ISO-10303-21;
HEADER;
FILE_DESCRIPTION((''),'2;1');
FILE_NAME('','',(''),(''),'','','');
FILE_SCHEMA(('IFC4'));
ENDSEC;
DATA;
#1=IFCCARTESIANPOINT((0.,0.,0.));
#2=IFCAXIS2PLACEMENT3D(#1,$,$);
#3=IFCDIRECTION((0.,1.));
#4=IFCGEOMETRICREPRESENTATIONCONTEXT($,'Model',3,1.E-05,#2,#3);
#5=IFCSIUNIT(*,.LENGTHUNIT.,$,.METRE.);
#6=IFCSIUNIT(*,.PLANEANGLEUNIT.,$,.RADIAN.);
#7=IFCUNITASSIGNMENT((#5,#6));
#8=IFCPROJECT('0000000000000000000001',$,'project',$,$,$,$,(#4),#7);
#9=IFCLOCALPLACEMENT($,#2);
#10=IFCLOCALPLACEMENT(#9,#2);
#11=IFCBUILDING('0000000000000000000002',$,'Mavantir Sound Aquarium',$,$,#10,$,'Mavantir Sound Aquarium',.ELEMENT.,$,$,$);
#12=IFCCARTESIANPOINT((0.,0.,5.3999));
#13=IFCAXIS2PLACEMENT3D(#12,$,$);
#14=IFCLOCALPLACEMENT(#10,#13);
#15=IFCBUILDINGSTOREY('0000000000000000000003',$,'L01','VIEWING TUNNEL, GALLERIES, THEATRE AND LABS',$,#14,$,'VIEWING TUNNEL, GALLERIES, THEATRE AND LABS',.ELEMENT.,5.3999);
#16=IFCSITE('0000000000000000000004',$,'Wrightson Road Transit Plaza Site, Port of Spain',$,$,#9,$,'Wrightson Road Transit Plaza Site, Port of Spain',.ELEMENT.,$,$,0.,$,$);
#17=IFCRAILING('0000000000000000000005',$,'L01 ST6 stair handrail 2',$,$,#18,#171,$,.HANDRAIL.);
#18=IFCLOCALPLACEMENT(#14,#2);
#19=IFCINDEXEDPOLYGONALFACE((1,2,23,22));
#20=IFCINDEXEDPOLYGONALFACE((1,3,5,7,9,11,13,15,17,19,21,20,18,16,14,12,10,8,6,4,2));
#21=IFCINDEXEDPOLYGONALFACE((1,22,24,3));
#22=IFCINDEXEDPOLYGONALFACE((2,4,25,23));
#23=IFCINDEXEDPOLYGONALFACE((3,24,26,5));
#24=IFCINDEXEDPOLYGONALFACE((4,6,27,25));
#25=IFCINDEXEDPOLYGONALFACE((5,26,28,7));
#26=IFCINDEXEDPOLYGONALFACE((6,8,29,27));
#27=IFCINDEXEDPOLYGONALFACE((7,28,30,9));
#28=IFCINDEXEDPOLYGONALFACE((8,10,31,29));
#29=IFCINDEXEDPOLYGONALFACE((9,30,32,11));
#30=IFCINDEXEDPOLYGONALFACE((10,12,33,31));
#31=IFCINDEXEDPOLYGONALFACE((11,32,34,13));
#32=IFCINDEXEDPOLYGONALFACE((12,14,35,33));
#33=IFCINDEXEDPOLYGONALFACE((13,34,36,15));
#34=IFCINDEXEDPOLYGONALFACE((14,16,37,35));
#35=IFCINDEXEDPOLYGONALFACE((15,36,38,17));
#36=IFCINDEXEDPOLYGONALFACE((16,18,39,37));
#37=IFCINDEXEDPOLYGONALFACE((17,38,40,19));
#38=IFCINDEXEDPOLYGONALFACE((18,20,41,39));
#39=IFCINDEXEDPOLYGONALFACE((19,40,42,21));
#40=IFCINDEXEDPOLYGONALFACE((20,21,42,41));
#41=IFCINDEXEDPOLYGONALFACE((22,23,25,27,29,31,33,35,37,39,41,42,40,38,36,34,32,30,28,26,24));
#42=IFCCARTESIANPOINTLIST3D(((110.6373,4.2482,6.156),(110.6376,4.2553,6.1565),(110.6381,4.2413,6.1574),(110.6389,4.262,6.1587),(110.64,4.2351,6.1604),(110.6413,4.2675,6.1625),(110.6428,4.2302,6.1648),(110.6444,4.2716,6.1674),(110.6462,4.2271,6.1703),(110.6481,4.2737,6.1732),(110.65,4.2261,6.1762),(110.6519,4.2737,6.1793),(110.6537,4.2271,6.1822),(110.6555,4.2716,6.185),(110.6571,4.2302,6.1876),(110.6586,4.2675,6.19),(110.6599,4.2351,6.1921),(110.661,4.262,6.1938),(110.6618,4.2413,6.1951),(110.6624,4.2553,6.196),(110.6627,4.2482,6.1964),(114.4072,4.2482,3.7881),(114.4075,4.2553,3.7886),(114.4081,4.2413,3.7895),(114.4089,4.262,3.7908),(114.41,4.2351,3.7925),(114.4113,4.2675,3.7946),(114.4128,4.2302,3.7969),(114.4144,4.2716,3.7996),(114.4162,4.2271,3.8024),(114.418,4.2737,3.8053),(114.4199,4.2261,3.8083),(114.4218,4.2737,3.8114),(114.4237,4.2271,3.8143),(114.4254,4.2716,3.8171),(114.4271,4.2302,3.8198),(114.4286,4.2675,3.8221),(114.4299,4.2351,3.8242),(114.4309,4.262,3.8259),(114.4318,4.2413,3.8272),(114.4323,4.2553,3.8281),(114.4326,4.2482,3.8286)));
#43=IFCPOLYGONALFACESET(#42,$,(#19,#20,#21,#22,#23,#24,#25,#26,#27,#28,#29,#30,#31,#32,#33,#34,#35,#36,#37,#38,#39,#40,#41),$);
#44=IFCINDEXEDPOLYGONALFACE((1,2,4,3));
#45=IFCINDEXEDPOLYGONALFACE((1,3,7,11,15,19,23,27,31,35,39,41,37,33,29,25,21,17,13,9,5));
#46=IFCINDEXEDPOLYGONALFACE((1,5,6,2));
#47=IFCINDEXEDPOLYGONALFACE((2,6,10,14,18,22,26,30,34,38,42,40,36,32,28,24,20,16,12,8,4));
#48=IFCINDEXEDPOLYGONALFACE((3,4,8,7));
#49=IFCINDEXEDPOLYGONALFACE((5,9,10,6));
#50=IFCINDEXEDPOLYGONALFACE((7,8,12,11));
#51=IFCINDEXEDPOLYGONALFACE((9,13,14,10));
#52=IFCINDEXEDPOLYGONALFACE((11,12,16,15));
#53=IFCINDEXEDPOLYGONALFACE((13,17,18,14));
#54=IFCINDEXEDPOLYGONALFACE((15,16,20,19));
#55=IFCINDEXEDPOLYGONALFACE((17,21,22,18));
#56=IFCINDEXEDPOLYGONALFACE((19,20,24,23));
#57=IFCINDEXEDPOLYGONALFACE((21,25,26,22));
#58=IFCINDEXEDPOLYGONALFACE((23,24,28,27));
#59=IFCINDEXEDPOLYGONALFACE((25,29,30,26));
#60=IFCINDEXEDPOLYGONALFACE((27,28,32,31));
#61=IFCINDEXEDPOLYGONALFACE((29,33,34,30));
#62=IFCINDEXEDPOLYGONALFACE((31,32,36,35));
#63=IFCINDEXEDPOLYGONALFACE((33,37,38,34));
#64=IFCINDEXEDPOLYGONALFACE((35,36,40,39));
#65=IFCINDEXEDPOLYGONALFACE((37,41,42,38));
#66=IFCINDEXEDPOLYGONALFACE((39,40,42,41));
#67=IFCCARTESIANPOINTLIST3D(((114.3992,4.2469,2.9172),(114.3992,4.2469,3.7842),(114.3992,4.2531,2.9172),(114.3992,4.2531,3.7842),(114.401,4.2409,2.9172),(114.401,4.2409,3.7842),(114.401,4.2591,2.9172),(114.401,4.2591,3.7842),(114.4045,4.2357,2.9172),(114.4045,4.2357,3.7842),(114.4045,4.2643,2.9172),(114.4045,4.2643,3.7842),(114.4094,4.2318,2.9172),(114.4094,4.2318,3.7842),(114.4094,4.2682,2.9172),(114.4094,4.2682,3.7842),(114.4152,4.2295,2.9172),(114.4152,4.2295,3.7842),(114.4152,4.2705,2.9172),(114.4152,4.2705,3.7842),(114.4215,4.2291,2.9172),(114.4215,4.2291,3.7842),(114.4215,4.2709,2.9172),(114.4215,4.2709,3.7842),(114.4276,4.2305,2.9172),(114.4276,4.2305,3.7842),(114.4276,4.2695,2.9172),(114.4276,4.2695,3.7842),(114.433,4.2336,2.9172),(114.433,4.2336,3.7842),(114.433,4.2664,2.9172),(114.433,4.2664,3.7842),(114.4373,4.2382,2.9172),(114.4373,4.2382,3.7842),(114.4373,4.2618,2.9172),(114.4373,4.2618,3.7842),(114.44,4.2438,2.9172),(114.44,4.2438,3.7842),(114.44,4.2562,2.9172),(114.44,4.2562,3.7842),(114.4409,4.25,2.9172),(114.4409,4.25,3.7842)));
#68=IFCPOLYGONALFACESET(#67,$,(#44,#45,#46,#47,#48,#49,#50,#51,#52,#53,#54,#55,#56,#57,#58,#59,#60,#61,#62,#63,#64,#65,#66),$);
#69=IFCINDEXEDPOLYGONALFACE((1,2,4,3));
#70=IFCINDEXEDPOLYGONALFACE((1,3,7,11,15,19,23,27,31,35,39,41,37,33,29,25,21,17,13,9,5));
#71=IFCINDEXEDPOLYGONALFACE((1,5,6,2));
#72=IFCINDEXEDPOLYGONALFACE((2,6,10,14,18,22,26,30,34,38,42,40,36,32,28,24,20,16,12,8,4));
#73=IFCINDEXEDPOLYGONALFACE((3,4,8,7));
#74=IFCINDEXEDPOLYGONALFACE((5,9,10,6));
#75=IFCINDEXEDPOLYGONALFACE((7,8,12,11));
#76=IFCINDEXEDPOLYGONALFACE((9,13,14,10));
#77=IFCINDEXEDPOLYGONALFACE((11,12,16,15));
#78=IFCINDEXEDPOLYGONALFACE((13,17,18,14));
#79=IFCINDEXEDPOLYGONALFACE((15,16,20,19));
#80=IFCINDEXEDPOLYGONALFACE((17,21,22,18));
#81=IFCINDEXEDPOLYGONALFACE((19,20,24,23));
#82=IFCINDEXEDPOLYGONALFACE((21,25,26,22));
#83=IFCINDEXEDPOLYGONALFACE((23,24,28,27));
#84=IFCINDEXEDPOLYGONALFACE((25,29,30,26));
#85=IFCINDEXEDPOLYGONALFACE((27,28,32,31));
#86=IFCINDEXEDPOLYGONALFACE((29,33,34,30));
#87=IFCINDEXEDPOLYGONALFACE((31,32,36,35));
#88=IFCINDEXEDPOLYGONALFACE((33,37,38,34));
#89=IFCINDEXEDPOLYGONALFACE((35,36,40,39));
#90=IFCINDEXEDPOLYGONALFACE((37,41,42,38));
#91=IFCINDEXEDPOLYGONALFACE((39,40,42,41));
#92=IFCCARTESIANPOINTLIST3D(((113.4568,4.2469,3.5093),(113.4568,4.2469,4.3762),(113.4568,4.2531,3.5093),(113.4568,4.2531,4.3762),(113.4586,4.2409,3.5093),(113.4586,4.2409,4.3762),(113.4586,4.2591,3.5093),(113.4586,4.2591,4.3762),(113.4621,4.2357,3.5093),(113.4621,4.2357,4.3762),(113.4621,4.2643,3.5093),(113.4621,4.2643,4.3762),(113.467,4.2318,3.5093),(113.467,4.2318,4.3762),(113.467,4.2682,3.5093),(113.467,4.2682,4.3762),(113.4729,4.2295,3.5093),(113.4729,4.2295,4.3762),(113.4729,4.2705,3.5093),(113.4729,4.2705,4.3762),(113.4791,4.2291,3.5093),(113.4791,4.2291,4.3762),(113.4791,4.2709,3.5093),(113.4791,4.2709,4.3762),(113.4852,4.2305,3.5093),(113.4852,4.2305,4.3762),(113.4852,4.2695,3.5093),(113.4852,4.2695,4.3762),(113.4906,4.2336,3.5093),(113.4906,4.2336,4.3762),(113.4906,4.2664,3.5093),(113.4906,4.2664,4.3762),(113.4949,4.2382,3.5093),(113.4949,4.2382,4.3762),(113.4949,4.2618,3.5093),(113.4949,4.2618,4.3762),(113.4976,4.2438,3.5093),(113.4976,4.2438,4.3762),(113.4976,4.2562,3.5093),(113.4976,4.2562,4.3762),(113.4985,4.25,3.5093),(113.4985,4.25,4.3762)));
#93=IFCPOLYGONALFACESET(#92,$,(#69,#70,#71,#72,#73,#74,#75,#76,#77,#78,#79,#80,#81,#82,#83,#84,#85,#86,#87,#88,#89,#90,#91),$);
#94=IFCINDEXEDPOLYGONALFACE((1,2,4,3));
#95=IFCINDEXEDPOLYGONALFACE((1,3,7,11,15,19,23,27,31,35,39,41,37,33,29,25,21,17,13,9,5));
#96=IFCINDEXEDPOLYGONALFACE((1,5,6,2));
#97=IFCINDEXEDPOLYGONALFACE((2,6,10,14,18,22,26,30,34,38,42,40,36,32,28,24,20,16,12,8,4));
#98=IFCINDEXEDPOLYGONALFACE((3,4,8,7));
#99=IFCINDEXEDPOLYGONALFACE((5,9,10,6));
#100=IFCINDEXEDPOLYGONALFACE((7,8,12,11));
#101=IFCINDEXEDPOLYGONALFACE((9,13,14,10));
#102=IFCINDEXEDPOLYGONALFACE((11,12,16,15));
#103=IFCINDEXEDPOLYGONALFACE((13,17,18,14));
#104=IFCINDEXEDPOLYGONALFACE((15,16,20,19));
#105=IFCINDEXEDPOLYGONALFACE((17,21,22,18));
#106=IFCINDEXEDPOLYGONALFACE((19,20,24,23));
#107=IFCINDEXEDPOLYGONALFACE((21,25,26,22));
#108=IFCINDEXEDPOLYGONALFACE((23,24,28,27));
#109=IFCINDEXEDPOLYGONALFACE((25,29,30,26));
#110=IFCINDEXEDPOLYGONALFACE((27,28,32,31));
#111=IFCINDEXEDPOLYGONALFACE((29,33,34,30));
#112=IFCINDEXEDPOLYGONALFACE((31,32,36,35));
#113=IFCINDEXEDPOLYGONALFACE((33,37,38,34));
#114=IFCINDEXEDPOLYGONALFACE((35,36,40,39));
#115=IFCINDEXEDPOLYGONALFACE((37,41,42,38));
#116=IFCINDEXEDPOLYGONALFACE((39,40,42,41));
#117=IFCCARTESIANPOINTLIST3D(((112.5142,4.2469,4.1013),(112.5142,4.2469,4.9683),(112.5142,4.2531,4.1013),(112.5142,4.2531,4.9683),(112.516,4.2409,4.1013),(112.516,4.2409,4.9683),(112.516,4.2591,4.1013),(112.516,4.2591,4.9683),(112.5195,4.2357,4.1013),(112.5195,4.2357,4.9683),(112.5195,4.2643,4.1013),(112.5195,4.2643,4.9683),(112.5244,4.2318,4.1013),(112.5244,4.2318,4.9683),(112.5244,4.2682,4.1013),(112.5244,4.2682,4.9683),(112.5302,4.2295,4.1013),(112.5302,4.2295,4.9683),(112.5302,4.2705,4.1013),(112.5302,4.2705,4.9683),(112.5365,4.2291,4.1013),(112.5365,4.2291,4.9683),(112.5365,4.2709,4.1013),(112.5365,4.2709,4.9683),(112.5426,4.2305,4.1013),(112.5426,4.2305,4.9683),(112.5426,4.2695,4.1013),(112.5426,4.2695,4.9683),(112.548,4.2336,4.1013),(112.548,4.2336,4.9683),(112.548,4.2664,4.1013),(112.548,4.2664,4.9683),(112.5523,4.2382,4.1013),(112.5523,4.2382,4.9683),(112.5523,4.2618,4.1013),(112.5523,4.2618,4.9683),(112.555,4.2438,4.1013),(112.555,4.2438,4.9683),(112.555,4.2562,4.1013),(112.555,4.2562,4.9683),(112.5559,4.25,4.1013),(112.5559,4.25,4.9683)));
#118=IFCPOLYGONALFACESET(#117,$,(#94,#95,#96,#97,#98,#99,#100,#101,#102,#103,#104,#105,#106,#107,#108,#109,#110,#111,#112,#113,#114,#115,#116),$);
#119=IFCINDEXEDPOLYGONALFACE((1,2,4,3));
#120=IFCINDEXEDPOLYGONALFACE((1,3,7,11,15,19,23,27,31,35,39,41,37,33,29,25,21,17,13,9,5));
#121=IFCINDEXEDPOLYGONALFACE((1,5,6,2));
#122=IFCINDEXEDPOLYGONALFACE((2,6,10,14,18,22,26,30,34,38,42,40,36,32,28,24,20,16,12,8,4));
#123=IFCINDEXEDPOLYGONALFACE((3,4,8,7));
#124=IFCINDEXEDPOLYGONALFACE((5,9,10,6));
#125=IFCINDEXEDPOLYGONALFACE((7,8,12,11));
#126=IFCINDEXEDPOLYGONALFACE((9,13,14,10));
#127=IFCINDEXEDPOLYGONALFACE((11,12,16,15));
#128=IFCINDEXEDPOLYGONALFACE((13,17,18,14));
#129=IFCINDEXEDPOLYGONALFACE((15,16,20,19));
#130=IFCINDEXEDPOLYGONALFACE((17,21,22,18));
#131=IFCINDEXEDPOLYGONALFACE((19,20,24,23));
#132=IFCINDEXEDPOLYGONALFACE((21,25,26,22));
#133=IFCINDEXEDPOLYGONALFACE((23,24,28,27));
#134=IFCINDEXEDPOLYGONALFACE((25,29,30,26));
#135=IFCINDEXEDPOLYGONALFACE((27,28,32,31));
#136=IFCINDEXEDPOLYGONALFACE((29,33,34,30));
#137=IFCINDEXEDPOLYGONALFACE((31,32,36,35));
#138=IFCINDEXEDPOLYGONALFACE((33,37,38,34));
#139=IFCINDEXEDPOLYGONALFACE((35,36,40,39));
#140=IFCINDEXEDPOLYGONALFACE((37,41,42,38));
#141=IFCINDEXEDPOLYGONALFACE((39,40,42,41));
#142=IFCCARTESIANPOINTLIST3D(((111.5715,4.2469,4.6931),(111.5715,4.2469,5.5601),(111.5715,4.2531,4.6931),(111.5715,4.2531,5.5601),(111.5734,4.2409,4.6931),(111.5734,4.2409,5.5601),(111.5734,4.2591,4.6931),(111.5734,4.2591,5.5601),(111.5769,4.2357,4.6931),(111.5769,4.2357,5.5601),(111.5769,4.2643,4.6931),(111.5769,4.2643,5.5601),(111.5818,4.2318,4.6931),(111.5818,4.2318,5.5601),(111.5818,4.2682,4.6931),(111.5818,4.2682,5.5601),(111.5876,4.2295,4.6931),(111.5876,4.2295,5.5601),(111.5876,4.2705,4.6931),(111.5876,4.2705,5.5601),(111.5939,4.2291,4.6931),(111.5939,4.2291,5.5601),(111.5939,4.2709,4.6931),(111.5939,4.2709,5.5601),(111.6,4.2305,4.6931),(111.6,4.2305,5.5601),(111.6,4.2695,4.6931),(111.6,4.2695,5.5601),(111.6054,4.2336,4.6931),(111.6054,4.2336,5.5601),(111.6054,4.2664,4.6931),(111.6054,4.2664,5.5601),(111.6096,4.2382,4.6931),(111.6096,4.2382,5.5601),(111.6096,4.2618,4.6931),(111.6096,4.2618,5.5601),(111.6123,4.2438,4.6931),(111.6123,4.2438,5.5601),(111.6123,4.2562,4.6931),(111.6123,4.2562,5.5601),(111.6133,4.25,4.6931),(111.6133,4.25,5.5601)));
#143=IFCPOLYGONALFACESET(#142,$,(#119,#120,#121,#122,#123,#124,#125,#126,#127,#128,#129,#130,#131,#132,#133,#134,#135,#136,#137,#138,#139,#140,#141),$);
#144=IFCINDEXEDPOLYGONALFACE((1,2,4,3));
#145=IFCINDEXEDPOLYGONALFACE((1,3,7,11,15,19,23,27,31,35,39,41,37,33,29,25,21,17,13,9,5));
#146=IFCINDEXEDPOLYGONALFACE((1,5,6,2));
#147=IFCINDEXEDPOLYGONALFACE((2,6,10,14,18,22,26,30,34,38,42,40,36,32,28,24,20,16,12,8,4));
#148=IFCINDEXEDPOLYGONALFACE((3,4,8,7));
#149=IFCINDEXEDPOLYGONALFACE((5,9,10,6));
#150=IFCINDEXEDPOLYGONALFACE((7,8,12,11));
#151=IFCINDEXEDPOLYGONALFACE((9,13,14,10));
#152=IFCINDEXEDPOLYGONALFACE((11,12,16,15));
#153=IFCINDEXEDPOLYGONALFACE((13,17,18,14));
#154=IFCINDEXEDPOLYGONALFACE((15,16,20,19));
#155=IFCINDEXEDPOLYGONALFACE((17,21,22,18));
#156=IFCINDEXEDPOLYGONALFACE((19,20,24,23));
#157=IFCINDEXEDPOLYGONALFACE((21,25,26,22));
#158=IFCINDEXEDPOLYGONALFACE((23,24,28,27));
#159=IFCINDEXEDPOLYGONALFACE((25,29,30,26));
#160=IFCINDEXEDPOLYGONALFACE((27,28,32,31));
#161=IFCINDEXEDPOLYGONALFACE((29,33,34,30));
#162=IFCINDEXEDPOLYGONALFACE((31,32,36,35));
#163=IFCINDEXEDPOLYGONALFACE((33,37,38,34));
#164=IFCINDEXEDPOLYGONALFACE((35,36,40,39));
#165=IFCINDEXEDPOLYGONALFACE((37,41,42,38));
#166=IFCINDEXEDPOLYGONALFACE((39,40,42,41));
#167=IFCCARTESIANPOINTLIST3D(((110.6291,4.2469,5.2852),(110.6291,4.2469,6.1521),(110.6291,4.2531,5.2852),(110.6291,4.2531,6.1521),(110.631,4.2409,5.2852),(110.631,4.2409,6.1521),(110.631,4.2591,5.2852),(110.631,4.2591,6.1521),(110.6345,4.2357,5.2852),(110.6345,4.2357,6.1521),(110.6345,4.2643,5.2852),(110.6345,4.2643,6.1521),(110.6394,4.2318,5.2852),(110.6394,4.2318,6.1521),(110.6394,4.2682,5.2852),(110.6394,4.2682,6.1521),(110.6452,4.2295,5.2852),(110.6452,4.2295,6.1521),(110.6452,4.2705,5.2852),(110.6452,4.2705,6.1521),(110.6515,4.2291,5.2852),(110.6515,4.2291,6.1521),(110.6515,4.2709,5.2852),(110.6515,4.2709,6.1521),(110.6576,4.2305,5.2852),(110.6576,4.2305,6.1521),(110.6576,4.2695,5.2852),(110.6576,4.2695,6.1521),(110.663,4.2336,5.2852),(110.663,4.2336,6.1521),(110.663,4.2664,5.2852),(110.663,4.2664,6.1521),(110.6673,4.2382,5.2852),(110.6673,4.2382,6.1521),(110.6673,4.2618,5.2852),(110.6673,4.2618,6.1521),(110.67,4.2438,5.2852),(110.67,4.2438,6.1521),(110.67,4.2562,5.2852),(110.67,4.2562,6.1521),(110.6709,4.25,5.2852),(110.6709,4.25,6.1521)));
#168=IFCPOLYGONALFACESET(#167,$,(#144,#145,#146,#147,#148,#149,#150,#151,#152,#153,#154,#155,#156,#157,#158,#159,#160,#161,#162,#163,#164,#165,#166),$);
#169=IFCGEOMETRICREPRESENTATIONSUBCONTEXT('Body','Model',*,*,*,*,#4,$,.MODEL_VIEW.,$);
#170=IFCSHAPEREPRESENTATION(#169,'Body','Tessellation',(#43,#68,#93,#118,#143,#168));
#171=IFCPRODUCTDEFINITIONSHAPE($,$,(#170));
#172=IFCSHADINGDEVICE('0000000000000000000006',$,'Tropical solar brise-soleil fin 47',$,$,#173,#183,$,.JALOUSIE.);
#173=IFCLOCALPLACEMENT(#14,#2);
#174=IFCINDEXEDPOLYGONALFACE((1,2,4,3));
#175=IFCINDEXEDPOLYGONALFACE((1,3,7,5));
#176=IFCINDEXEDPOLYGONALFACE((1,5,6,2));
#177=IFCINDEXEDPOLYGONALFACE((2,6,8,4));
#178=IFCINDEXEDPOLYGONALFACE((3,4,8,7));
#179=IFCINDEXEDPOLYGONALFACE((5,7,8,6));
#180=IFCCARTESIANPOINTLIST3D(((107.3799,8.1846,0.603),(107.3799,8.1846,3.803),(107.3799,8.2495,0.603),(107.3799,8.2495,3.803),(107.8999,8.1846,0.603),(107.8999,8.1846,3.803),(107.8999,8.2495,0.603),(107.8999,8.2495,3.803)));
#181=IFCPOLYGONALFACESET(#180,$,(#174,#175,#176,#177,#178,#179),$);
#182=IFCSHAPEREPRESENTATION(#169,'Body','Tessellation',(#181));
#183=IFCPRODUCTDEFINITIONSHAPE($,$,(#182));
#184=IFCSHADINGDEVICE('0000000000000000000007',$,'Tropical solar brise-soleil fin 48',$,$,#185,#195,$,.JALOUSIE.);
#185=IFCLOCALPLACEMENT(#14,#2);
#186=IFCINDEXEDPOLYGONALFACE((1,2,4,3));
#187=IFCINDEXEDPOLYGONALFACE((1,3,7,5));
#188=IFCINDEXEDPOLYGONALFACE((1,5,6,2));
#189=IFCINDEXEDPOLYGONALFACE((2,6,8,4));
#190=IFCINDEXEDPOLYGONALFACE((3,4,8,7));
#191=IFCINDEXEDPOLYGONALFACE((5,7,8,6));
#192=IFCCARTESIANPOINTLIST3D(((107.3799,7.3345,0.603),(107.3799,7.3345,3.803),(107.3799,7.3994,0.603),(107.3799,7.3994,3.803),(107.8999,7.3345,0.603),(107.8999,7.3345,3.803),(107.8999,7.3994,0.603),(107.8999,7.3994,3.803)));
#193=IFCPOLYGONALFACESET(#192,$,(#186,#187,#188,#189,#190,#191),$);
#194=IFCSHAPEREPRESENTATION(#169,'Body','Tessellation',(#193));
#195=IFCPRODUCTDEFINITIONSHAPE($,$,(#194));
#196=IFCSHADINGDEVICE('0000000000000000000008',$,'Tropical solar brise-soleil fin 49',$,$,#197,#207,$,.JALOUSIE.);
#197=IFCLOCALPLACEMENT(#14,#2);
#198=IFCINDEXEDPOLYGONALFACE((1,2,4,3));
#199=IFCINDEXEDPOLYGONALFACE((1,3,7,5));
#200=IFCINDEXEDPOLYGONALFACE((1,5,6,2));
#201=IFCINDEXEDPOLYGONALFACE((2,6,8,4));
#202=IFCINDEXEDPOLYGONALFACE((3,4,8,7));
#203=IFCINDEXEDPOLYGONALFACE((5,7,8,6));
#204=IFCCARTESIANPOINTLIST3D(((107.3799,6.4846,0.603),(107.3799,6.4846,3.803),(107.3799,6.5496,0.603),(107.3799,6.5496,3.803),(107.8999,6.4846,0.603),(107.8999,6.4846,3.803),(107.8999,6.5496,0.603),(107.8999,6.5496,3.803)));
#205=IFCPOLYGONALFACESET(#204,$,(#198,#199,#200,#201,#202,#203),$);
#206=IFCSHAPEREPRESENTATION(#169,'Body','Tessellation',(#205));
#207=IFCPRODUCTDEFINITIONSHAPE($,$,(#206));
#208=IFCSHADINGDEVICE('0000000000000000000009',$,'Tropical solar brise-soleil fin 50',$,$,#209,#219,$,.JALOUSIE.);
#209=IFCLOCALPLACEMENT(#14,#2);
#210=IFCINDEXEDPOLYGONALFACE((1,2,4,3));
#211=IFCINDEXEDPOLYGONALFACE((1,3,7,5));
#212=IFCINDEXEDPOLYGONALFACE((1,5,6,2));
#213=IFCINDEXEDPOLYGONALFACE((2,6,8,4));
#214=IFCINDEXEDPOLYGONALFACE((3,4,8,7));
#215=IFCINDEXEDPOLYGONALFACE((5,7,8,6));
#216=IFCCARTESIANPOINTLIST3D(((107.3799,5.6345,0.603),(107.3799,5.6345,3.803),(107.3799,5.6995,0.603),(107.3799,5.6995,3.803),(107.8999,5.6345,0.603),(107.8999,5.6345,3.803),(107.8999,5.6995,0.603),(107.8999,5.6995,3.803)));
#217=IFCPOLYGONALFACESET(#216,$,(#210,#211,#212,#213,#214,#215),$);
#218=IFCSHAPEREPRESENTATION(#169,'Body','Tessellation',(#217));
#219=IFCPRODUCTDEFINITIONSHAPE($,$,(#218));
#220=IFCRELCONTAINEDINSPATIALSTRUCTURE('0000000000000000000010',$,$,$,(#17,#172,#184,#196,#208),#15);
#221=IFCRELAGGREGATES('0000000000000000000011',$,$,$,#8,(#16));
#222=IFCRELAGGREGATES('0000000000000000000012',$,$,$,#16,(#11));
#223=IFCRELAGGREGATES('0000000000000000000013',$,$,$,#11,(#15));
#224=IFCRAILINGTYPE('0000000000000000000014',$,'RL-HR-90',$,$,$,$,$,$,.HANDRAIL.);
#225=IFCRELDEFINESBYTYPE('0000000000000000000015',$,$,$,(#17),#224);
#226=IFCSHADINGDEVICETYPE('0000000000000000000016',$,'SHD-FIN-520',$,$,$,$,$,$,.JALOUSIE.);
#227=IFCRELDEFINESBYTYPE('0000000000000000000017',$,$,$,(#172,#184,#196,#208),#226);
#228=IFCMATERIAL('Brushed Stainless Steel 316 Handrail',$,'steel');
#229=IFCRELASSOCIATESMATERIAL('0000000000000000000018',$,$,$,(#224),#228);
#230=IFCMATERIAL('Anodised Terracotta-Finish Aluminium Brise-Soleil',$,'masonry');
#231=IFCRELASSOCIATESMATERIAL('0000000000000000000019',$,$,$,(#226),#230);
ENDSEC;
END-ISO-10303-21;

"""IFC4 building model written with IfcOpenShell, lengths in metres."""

from ifc_helpers import new_model, si_unit, direction, frame, origin, origin_2d, place, context, subcontext, project, spatial, rectangle, circle, extrude, material, type_object, element, save


model = new_model("IFC4")

# Units and contexts
model_context = context("Model", 3, precision=1e-05, world=origin(), true_north=direction((0.0, 1.0)))
body_context = subcontext(model_context, "Body", "Model", "MODEL_VIEW")
ifc_project = project(units=[si_unit("LENGTHUNIT", "METRE"), si_unit("PLANEANGLEUNIT", "RADIAN")], contexts=[model_context])

# Site, building, storey
site_placement = place(None, origin())
site = spatial("IfcSite", under=ifc_project, at=site_placement, Name="Wrightson Road Transit Plaza Site, Port of Spain", LongName="Wrightson Road Transit Plaza Site, Port of Spain", CompositionType="ELEMENT", RefElevation=0.0)
building_placement = place(site_placement, origin())
building = spatial("IfcBuilding", under=site, at=building_placement, Name="Mavantir Sound Aquarium", LongName="Mavantir Sound Aquarium", CompositionType="ELEMENT")
storey_placement = place(building_placement, frame((0.0, 0.0, 5.3999)))
storey = spatial("IfcBuildingStorey", under=building, at=storey_placement, Name="L01", Description="VIEWING TUNNEL, GALLERIES, THEATRE AND LABS", LongName="VIEWING TUNNEL, GALLERIES, THEATRE AND LABS", CompositionType="ELEMENT", Elevation=5.3999)

# Railing
ifc_material_1 = material(Name="Brushed Stainless Steel 316 Handrail", Category="steel")
railing_type = type_object("IfcRailingType", Name="RL-HR-90", PredefinedType="HANDRAIL", material=ifc_material_1)
railing_placement = place(storey_placement, frame((114.4199, 4.25, 2.9172)))
element("IfcRailing", 1, at=railing_placement, inside=storey, type_object=railing_type, Name="L01 ST6 stair handrail 2", PredefinedType="HANDRAIL", context=body_context, shape_type="SweptSolid", body=[
    extrude(circle(Radius=0.0239, at=origin_2d()), frame((0.0, 0.0, 0.8911), z_axis=(-0.846819, 0.0, 0.531881), x_axis=(0.0, -1.0, 0.0)), (0.0, 0.0, 1.0), 4.4519),
    extrude(circle(Radius=0.021, at=origin_2d()), origin(), (0.0, 0.0, 1.0), 0.8669),
    extrude(circle(Radius=0.021, at=origin_2d()), frame((-0.9424, 0.0, 0.592)), (0.0, 0.0, 1.0), 0.8669),
    extrude(circle(Radius=0.021, at=origin_2d()), frame((-1.885, 0.0, 1.1841)), (0.0, 0.0, 1.0), 0.8669),
    extrude(circle(Radius=0.021, at=origin_2d()), frame((-2.8276, 0.0, 1.7759)), (0.0, 0.0, 1.0), 0.8669),
    extrude(circle(Radius=0.021, at=origin_2d()), frame((-3.77, 0.0, 2.3679)), (0.0, 0.0, 1.0), 0.8669),
])

# Shading devices
ifc_material_2 = material(Name="Anodised Terracotta-Finish Aluminium Brise-Soleil", Category="masonry")
shading_device_type = type_object("IfcShadingDeviceType", Name="SHD-FIN-520", PredefinedType="JALOUSIE", material=ifc_material_2)
for number, where, z_axis, x_axis, name in (
    (2, (107.6399, 8.217, 0.603), (0.0, 0.0, 1.0), (0.0, 1.0, 0.0), "Tropical solar brise-soleil fin 47"),
    (3, (107.6399, 7.3669, 0.603), (0.0, 0.0, 1.0), (0.0, 1.0, 0.0), "Tropical solar brise-soleil fin 48"),
    (4, (107.6399, 6.5171, 0.603), (0.0, 0.0, 1.0), (0.0, 1.0, 0.0), "Tropical solar brise-soleil fin 49"),
    (5, (107.6399, 5.667, 0.603), (0.0, 0.0, 1.0), (0.0, 1.0, 0.0), "Tropical solar brise-soleil fin 50"),
):
    element("IfcShadingDevice", number, at=place(storey_placement, frame(where, z_axis=z_axis, x_axis=x_axis)), inside=storey, type_object=shading_device_type, Name=name, PredefinedType="JALOUSIE", context=body_context, shape_type="SweptSolid", body=[
        extrude(rectangle(XDim=0.0649, YDim=0.52, at=origin_2d()), origin(), (0.0, 0.0, 1.0), 3.2),
    ])

save(model, "model.ifc")
